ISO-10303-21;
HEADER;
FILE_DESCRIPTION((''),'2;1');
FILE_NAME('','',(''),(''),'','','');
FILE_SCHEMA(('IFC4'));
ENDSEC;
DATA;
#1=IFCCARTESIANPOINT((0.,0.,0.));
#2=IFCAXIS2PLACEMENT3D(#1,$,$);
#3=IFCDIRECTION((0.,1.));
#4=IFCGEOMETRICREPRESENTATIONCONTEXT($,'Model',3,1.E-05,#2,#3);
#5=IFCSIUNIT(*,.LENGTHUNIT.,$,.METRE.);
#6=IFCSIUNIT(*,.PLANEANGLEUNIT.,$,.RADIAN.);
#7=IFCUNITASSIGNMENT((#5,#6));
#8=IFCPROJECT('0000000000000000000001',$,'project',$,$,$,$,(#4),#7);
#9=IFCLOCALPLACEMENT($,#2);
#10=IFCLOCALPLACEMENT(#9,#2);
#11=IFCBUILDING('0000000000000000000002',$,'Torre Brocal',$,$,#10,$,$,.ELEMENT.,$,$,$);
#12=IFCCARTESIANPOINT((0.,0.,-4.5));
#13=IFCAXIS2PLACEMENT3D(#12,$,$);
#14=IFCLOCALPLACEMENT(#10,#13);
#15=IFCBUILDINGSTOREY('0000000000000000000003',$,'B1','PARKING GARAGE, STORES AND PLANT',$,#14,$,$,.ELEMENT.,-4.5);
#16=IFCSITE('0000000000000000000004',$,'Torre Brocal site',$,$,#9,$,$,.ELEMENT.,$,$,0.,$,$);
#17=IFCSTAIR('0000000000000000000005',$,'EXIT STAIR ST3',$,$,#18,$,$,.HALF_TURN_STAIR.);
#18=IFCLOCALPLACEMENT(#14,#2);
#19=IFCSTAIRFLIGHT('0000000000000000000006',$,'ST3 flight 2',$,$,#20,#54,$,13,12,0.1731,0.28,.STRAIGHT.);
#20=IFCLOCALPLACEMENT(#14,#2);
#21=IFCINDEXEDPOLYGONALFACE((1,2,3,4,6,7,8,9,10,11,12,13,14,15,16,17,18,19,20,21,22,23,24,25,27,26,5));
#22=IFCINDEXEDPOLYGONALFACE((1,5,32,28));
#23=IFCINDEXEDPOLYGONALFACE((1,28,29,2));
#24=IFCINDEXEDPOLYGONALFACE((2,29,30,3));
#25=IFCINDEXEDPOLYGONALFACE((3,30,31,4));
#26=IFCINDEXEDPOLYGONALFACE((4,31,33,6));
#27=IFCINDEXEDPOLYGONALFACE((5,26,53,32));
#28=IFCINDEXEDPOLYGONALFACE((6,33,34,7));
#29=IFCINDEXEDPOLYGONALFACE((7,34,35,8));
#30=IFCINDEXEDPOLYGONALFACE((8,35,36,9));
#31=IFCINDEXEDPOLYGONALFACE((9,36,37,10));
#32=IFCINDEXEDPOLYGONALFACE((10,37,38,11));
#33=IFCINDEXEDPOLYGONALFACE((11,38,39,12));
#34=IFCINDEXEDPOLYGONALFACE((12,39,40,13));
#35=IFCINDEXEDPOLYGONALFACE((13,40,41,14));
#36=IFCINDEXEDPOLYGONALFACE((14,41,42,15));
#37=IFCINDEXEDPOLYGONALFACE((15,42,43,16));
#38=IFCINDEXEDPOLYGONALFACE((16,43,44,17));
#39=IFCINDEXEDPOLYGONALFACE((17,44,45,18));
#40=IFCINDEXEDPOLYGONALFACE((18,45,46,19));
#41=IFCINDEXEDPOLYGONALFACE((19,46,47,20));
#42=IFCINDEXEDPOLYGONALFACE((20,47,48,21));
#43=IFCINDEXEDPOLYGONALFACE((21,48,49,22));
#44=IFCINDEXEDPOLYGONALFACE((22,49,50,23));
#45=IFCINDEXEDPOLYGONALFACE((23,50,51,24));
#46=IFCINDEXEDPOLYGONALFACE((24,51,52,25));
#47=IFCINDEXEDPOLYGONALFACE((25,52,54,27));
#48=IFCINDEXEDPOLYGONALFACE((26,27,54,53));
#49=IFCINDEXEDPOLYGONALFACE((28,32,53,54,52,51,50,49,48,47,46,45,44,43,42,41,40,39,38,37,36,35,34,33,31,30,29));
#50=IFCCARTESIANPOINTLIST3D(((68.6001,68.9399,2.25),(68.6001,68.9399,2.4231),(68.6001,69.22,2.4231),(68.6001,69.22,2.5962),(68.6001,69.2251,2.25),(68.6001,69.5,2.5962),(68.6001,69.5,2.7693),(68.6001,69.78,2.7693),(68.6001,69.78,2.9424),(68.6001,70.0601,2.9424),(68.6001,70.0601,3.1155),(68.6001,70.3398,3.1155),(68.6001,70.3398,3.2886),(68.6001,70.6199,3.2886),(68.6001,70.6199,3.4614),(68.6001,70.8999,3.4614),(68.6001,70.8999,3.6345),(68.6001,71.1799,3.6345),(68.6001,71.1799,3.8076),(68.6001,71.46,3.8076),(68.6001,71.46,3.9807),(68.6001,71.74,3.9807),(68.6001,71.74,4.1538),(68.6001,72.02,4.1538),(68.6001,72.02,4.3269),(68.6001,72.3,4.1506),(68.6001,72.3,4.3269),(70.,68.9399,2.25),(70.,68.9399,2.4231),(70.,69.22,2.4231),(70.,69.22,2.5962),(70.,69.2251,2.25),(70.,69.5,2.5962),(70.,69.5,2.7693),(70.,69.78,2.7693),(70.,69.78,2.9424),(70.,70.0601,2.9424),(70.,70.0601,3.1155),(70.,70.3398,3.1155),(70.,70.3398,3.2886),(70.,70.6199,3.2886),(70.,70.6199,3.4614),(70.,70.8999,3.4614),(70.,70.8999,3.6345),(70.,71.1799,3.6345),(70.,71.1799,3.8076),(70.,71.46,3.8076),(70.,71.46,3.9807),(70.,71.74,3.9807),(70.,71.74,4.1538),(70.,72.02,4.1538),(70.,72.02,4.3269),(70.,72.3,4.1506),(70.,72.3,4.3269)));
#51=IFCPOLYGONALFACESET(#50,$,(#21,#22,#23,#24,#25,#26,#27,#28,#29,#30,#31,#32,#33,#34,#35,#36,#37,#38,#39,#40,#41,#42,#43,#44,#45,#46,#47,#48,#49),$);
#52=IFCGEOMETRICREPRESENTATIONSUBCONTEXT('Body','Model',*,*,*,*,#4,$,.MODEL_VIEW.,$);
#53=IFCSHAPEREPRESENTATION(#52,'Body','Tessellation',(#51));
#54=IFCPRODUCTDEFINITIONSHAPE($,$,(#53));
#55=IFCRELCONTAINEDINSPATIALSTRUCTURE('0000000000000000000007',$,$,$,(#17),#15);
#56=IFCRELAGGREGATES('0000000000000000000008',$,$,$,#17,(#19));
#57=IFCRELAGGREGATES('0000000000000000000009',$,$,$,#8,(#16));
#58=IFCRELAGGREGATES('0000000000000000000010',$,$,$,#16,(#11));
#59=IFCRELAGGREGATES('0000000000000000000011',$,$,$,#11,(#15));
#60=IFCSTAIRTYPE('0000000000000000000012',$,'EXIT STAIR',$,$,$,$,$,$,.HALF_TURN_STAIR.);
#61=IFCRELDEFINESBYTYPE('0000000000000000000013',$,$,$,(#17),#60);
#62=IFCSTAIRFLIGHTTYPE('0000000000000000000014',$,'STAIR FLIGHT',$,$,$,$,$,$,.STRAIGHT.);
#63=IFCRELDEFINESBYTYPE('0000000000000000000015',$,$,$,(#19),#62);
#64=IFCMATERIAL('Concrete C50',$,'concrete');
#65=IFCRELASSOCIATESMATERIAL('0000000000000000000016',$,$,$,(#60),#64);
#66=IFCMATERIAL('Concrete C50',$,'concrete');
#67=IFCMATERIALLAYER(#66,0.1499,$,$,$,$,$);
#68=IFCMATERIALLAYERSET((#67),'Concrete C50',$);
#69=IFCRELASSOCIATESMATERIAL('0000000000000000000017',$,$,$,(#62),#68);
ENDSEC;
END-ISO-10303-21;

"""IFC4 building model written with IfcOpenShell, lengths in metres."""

from ifc_helpers import new_model, si_unit, direction, frame, origin, place, context, subcontext, project, spatial, polyline, outline, extrude, material, layer, layer_set, type_object, element, aggregate, save


model = new_model("IFC4")

# Units and contexts
model_context = context("Model", 3, precision=1e-05, world=origin(), true_north=direction((0.0, 1.0)))
body_context = subcontext(model_context, "Body", "Model", "MODEL_VIEW")
ifc_project = project(units=[si_unit("LENGTHUNIT", "METRE"), si_unit("PLANEANGLEUNIT", "RADIAN")], contexts=[model_context])

# Site, building, storey
site_placement = place(None, origin())
site = spatial("IfcSite", under=ifc_project, at=site_placement, Name="Torre Brocal site", CompositionType="ELEMENT", RefElevation=0.0)
building_placement = place(site_placement, origin())
building = spatial("IfcBuilding", under=site, at=building_placement, Name="Torre Brocal", CompositionType="ELEMENT")
storey_placement = place(building_placement, frame((0.0, 0.0, -4.5)))
storey = spatial("IfcBuildingStorey", under=building, at=storey_placement, Name="B1", Description="PARKING GARAGE, STORES AND PLANT", CompositionType="ELEMENT", Elevation=-4.5)

# Stair, stair flight
ifc_material_1 = material(Name="Concrete C50", Category="concrete")
stair_type = type_object("IfcStairType", Name="EXIT STAIR", PredefinedType="HALF_TURN_STAIR", material=ifc_material_1)
stair_placement = place(storey_placement, origin())
stair = element("IfcStair", 1, at=stair_placement, inside=storey, type_object=stair_type, Name="EXIT STAIR ST3", PredefinedType="HALF_TURN_STAIR")
ifc_material_2 = material(Name="Concrete C50", Category="concrete")
ifc_layer_1 = layer(ifc_material_2, 0.1499)
ifc_layer_set_1 = layer_set([ifc_layer_1], Name="Concrete C50")
stair_flight_type = type_object("IfcStairFlightType", Name="STAIR FLIGHT", PredefinedType="STRAIGHT", material=ifc_layer_set_1)
stair_flight_1_placement = place(storey_placement, frame((69.3, 68.9399, 2.25), z_axis=(0.0, 0.0, 1.0), x_axis=(0.0, 1.0, 0.0)))
stair_flight_1 = element("IfcStairFlight", 2, at=stair_flight_1_placement, type_object=stair_flight_type, Name="ST3 flight 2", NumberOfRisers=13, NumberOfTreads=12, PredefinedType="STRAIGHT", RiserHeight=0.1731, TreadLength=0.28, context=body_context, shape_type="SweptSolid", body=[
    extrude(outline(polyline([(0.0, 0.0), (0.0, 0.1731), (0.28, 0.1731), (0.28, 0.3462), (0.5601, 0.3462), (0.5601, 0.5193), (0.8401, 0.5193), (0.8401, 0.6924), (1.1201, 0.6924), (1.1201, 0.8655), (1.3999, 0.8655), (1.3999, 1.0386), (1.6799, 1.0386), (1.6799, 1.2114), (1.96, 1.2114), (1.96, 1.3845), (2.24, 1.3845), (2.24, 1.5576), (2.52, 1.5576), (2.52, 1.7307), (2.8, 1.7307), (2.8, 1.9038), (3.0801, 1.9038), (3.0801, 2.0769), (3.3601, 2.0769), (3.3601, 2.25), (3.3601, 1.9006), (0.2852, 0.0), (0.0, 0.0)])), frame((0.0, 0.7, 0.0), z_axis=(0.0, -1.0, 0.0), x_axis=(1.0, 0.0, 0.0)), (0.0, 0.0, 1.0), 1.3999),
])
aggregate(stair, [stair_flight_1])

save(model, "model.ifc")
